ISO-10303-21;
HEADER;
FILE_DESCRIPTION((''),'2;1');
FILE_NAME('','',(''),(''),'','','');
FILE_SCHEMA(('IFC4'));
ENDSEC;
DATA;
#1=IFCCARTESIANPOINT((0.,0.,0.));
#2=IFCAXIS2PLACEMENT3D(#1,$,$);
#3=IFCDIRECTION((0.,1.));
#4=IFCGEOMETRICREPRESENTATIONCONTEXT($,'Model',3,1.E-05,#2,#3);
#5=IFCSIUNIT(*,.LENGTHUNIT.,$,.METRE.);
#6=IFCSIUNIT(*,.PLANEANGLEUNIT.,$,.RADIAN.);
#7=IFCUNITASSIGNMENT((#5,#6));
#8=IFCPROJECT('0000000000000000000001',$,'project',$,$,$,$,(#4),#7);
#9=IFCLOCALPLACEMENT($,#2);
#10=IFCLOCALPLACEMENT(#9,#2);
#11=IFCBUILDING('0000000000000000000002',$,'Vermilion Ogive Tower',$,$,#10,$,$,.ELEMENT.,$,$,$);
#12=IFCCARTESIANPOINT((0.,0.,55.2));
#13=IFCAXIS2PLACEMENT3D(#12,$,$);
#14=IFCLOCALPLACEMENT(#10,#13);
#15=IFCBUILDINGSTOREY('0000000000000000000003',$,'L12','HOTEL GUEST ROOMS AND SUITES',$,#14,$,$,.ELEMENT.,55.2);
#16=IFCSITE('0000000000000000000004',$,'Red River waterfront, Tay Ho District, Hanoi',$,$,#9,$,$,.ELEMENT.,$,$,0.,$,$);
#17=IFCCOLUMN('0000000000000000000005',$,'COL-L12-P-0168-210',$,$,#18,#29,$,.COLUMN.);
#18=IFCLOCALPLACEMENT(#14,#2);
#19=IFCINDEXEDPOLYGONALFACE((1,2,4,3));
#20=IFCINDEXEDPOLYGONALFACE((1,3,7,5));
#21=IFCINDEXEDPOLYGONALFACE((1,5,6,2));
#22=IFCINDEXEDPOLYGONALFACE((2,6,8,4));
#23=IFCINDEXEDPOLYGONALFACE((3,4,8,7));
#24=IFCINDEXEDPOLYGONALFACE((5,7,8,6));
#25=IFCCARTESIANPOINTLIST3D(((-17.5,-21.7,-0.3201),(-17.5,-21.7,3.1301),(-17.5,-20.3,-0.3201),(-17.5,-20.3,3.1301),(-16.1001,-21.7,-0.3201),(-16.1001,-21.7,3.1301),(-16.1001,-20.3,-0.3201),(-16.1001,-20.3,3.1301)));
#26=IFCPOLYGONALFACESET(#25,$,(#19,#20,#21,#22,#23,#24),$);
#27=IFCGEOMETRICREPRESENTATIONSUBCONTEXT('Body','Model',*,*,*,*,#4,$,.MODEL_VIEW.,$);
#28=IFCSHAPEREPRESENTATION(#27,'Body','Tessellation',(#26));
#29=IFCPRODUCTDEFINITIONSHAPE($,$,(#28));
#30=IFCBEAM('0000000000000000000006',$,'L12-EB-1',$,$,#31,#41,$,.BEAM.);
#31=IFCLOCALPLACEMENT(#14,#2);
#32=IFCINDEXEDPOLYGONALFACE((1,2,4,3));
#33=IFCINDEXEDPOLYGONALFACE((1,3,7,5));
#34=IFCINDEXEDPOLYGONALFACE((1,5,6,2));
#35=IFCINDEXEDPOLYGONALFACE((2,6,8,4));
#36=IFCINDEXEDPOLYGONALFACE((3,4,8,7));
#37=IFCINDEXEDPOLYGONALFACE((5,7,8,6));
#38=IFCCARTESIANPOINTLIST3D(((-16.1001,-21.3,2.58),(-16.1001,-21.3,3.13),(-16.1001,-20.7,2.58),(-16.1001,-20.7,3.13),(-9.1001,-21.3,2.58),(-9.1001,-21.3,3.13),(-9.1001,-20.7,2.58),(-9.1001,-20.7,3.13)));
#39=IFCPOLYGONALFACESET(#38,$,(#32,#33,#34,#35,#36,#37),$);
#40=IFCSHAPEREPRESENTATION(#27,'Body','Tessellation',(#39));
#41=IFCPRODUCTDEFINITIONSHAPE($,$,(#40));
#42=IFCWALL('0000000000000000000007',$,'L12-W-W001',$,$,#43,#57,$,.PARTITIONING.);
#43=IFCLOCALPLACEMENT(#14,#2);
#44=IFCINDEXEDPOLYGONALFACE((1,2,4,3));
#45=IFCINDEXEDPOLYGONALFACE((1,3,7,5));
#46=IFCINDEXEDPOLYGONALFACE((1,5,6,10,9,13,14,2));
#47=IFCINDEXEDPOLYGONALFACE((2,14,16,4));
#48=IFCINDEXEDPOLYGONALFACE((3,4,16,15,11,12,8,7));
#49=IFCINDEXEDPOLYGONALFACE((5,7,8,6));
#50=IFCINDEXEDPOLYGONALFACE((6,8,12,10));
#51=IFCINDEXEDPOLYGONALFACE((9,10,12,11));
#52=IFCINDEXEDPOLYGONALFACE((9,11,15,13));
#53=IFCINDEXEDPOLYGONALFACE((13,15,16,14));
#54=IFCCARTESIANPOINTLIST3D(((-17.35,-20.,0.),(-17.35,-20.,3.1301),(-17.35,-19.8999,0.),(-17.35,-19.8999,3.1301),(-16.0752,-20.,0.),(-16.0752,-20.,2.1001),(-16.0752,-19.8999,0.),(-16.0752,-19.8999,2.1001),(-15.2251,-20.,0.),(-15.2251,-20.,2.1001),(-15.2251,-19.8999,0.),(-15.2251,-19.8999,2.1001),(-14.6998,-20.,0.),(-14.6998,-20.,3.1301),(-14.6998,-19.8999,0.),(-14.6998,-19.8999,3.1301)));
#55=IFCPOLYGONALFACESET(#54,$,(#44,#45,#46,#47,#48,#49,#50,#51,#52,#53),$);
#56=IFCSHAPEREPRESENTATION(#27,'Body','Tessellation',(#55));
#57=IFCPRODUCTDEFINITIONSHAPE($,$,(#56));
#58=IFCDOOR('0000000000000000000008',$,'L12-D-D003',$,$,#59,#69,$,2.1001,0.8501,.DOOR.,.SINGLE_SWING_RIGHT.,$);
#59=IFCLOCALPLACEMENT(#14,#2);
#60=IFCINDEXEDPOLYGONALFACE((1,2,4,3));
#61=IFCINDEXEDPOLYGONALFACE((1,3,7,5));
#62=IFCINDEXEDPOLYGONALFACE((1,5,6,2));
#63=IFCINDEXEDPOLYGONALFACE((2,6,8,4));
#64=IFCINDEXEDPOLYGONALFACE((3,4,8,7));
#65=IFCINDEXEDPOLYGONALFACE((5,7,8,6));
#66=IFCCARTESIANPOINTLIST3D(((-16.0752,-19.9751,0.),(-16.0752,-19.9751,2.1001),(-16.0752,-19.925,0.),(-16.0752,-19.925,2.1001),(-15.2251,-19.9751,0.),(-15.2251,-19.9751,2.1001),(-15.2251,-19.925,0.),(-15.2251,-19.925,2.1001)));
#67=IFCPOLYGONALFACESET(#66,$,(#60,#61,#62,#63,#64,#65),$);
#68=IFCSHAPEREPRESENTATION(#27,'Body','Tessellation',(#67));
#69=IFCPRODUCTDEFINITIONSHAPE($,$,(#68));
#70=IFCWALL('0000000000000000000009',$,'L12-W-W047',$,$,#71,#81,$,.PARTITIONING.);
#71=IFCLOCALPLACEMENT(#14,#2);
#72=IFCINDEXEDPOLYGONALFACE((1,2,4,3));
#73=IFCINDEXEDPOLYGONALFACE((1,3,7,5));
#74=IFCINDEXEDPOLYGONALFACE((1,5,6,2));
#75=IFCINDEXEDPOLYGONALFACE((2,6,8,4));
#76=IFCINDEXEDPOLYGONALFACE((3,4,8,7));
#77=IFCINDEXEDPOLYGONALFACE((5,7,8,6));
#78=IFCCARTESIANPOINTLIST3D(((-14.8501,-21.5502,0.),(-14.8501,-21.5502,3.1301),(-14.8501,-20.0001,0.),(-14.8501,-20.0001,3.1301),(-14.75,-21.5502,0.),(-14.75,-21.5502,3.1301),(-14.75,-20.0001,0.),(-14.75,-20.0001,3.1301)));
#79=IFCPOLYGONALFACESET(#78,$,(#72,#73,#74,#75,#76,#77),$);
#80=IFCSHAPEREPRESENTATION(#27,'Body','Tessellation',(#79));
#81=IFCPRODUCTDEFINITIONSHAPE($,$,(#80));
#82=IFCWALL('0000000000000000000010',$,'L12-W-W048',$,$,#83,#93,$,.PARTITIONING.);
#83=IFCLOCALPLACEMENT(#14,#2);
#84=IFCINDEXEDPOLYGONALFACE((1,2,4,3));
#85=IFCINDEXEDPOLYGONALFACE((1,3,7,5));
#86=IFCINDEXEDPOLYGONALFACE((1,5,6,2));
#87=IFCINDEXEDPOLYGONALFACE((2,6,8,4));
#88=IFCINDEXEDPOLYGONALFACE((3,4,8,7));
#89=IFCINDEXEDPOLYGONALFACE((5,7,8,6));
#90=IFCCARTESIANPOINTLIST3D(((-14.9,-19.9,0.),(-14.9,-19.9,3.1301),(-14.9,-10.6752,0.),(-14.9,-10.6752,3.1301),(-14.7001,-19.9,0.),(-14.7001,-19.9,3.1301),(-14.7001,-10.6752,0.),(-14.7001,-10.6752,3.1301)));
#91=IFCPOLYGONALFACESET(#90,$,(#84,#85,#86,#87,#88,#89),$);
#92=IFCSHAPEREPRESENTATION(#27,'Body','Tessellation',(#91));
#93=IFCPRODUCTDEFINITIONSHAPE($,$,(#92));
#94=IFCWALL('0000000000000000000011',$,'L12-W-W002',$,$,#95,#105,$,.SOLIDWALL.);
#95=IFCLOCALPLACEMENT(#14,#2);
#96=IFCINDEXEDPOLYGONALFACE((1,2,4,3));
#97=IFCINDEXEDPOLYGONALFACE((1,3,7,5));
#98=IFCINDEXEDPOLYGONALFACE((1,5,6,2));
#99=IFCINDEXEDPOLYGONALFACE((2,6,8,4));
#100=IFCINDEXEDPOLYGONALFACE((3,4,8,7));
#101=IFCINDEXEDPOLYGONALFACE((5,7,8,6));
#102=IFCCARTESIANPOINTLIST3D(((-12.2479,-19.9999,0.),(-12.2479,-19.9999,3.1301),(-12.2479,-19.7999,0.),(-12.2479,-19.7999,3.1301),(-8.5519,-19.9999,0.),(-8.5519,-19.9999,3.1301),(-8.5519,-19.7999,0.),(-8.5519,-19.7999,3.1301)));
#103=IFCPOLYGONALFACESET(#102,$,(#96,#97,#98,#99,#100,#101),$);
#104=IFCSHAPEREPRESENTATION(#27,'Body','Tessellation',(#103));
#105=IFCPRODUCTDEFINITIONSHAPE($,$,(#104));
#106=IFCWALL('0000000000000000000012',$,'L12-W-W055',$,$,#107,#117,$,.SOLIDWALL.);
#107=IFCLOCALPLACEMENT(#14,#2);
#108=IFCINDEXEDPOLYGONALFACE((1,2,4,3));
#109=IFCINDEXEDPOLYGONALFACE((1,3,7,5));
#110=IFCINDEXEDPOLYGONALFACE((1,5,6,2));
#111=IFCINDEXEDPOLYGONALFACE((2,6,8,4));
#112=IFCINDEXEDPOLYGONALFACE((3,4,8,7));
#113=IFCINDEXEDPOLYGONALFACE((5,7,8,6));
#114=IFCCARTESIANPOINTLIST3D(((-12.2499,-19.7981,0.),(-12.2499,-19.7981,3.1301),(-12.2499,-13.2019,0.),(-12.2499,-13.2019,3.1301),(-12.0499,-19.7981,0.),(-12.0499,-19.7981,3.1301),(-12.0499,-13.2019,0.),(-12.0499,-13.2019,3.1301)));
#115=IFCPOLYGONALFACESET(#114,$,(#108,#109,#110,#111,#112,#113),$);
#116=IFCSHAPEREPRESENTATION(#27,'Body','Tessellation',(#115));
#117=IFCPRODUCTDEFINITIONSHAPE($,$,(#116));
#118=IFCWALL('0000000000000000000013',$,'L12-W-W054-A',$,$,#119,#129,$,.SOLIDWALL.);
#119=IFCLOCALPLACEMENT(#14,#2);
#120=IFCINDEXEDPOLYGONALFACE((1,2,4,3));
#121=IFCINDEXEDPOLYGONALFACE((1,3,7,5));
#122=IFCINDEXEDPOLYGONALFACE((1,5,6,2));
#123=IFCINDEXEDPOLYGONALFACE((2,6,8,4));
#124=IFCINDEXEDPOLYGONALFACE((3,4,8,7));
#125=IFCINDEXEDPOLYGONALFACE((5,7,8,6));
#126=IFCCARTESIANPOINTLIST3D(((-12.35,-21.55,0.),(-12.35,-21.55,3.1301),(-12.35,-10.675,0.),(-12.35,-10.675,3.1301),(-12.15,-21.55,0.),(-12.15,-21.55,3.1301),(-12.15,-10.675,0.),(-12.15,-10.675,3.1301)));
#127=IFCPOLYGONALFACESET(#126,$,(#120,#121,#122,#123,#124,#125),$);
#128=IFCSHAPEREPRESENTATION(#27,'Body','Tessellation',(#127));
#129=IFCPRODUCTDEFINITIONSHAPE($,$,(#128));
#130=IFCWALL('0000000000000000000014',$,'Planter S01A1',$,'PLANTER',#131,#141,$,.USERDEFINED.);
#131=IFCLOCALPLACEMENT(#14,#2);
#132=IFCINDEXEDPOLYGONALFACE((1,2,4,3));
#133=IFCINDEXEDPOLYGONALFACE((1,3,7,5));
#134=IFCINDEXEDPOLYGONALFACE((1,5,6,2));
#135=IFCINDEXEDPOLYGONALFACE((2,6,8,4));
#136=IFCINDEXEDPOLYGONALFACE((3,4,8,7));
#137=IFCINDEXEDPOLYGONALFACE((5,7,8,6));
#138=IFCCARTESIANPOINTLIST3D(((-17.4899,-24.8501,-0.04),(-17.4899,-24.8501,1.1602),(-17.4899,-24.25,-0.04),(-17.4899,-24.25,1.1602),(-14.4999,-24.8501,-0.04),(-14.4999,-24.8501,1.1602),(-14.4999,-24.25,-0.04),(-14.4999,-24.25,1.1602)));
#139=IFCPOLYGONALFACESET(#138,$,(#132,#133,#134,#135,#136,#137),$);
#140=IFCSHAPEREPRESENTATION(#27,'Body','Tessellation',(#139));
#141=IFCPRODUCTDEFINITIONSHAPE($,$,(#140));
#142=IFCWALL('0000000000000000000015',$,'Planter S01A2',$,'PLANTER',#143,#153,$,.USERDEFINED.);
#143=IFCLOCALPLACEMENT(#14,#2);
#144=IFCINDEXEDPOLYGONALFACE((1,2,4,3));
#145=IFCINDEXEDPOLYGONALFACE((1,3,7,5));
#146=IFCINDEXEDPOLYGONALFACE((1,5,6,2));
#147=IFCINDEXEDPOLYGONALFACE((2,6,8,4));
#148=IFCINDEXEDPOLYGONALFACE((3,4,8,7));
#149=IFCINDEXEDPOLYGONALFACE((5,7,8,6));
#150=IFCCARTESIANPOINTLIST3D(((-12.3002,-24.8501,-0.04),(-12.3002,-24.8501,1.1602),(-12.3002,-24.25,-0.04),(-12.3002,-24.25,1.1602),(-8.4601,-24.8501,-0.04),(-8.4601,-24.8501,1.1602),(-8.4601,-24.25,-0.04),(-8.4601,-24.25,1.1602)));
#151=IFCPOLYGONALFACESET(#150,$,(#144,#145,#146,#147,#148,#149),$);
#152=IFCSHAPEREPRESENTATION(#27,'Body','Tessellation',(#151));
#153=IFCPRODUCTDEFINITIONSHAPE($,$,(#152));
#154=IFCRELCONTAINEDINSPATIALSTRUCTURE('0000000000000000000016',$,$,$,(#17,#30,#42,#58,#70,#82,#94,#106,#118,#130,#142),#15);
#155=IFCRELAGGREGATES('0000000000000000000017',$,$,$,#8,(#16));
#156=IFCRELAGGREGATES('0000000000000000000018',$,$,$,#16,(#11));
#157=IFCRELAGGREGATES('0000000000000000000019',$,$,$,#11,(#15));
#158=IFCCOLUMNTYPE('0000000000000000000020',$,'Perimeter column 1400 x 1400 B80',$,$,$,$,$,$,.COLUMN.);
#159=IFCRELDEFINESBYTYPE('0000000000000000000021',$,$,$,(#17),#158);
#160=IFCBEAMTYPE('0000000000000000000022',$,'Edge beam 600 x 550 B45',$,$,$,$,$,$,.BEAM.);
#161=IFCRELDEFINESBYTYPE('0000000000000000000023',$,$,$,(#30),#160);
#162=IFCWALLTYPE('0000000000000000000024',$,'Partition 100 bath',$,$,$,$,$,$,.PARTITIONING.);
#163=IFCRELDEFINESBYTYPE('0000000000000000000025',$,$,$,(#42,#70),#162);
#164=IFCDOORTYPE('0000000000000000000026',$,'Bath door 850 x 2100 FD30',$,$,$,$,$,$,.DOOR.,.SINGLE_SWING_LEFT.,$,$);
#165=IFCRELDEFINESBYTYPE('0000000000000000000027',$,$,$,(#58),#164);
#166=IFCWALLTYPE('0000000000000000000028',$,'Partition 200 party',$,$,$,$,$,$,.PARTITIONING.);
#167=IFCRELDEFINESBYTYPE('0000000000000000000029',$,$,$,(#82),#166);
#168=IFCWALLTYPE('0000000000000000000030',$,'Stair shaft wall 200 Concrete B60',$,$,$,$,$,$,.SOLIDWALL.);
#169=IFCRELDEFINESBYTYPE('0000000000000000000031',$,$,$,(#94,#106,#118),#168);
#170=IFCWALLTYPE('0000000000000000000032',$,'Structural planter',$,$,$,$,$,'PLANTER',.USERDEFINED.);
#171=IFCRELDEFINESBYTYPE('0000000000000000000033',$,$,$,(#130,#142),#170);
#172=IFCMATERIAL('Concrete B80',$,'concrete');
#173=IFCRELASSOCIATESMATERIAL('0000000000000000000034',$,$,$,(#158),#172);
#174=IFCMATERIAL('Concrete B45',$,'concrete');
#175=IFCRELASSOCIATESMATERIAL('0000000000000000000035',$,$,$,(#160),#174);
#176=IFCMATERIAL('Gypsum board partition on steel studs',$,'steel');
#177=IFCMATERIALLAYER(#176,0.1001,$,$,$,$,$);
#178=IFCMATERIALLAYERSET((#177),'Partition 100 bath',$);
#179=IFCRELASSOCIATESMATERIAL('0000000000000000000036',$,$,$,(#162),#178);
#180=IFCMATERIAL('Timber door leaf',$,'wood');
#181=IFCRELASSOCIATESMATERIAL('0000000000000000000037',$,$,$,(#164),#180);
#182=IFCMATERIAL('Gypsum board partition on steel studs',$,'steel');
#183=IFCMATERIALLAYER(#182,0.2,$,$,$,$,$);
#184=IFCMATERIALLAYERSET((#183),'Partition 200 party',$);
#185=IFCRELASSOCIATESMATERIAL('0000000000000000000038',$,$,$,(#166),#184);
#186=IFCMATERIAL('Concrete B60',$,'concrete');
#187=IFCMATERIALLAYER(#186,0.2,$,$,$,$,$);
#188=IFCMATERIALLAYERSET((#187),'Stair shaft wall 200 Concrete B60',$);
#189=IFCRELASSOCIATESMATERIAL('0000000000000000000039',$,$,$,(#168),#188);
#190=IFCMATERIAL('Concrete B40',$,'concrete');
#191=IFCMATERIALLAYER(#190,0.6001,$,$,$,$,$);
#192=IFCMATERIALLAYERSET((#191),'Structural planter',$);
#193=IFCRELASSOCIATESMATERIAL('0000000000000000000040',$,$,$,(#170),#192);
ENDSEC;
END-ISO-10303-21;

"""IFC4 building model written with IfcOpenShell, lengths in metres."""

from ifc_helpers import new_model, si_unit, direction, frame, frame_2d, origin, origin_2d, place, context, subcontext, project, spatial, rectangle, extrude, material, layer, layer_set, material_profile, profile_set, type_object, element, fill, save


model = new_model("IFC4")

# Units and contexts
model_context = context("Model", 3, precision=1e-05, world=origin(), true_north=direction((0.0, 1.0)))
body_context = subcontext(model_context, "Body", "Model", "MODEL_VIEW")
ifc_project = project(units=[si_unit("LENGTHUNIT", "METRE"), si_unit("PLANEANGLEUNIT", "RADIAN")], contexts=[model_context])

# Site, building, storey
site_placement = place(None, origin())
site = spatial("IfcSite", under=ifc_project, at=site_placement, Name="Red River waterfront, Tay Ho District, Hanoi", CompositionType="ELEMENT", RefElevation=0.0)
building_placement = place(site_placement, origin())
building = spatial("IfcBuilding", under=site, at=building_placement, Name="Vermilion Ogive Tower", CompositionType="ELEMENT")
storey_placement = place(building_placement, frame((0.0, 0.0, 55.2)))
storey = spatial("IfcBuildingStorey", under=building, at=storey_placement, Name="L12", Description="HOTEL GUEST ROOMS AND SUITES", CompositionType="ELEMENT", Elevation=55.2)

# Column
ifc_material_1 = material(Name="Concrete B80", Category="concrete")
ifc_material_profile_1 = material_profile(ifc_material_1, rectangle(XDim=1.3999, YDim=1.3999, at=origin_2d()), Name="1400 x 1400")
ifc_profile_set_1 = profile_set([ifc_material_profile_1], Name="Concrete B80")
column_type = type_object("IfcColumnType", Name="Perimeter column 1400 x 1400 B80", PredefinedType="COLUMN", material=ifc_profile_set_1)
column_placement = place(storey_placement, frame((-16.8, -21.0, -0.3201), z_axis=(0.0, 0.0, 1.0), x_axis=(1.0, 0.0, 0.0)))
element("IfcColumn", 1, at=column_placement, inside=storey, type_object=column_type, Name="COL-L12-P-0168-210", PredefinedType="COLUMN", context=body_context, shape_type="SweptSolid", body=[
    extrude(rectangle(XDim=1.3999, YDim=1.3999, at=origin_2d()), origin(), (0.0, 0.0, 1.0), 3.4502),
])

# Beam
ifc_material_2 = material(Name="Concrete B45", Category="concrete")
ifc_material_profile_2 = material_profile(ifc_material_2, rectangle(XDim=0.6001, YDim=0.55, at=origin_2d()), Name="600 x 550")
ifc_profile_set_2 = profile_set([ifc_material_profile_2], Name="Concrete B45")
beam_type = type_object("IfcBeamType", Name="Edge beam 600 x 550 B45", PredefinedType="BEAM", material=ifc_profile_set_2)
beam_placement = place(storey_placement, frame((-16.1001, -21.0, 2.855), z_axis=(1.0, 0.0, 0.0), x_axis=(0.0, 1.0, 0.0)))
element("IfcBeam", 2, at=beam_placement, inside=storey, type_object=beam_type, Name="L12-EB-1", PredefinedType="BEAM", context=body_context, shape_type="SweptSolid", body=[
    extrude(rectangle(XDim=0.6001, YDim=0.55, at=origin_2d()), origin(), (0.0, 0.0, 1.0), 7.0),
])

# Wall, opening, door
ifc_material_3 = material(Name="Gypsum board partition on steel studs", Category="steel")
ifc_layer_1 = layer(ifc_material_3, 0.1001)
ifc_layer_set_1 = layer_set([ifc_layer_1], Name="Partition 100 bath")
wall_type_1 = type_object("IfcWallType", Name="Partition 100 bath", PredefinedType="PARTITIONING", material=ifc_layer_set_1)
wall_1_placement = place(storey_placement, frame((-17.3501, -19.95, 0.0), z_axis=(0.0, 0.0, 1.0), x_axis=(1.0, 0.0, 0.0)))
wall_1 = element("IfcWall", 3, at=wall_1_placement, inside=storey, type_object=wall_type_1, Name="L12-W-W001", PredefinedType="PARTITIONING", context=body_context, shape_type="SweptSolid", body=[
    extrude(rectangle(XDim=2.6501, YDim=0.1001, at=frame_2d((1.3252, 0.0))), origin(), (0.0, 0.0, 1.0), 3.1301),
])
opening_1_placement = place(wall_1_placement, frame((1.2749, 0.0, 0.0)))
opening_1 = element("IfcOpeningElement", 4, at=opening_1_placement, cuts=wall_1, PredefinedType="OPENING", context=body_context, shape_type="SweptSolid", body=[
    extrude(rectangle(XDim=0.8501, YDim=2.1001, at=frame_2d((0.425, 1.05))), frame((0.0, 0.0601, 0.0), z_axis=(0.0, -1.0, 0.0), x_axis=(1.0, 0.0, 0.0)), (0.0, 0.0, 1.0), 0.1201),
])
ifc_material_4 = material(Name="Timber door leaf", Category="wood")
door_type_1 = type_object("IfcDoorType", Name="Bath door 850 x 2100 FD30", OperationType="SINGLE_SWING_LEFT", PredefinedType="DOOR", material=ifc_material_4)
door_1_placement = place(opening_1_placement, origin())
door_1 = element("IfcDoor", 5, at=door_1_placement, inside=storey, type_object=door_type_1, Name="L12-D-D003", OperationType="SINGLE_SWING_RIGHT", OverallHeight=2.1001, OverallWidth=0.8501, PredefinedType="DOOR", context=body_context, shape_type="SweptSolid", body=[
    extrude(rectangle(XDim=0.8501, YDim=2.1001, at=frame_2d((0.425, 1.05))), frame((0.0, 0.0249, 0.0), z_axis=(0.0, -1.0, 0.0), x_axis=(1.0, 0.0, 0.0)), (0.0, 0.0, 1.0), 0.05),
])
fill(opening_1, door_1)

# Walls
wall_2_placement = place(storey_placement, frame((-14.8, -21.55, 0.0), z_axis=(0.0, 0.0, 1.0), x_axis=(0.0, 1.0, 0.0)))
element("IfcWall", 6, at=wall_2_placement, inside=storey, type_object=wall_type_1, Name="L12-W-W047", PredefinedType="PARTITIONING", context=body_context, shape_type="SweptSolid", body=[
    extrude(rectangle(XDim=1.55, YDim=0.1001, at=frame_2d((0.7749, 0.0))), origin(), (0.0, 0.0, 1.0), 3.1301),
])
ifc_material_5 = material(Name="Gypsum board partition on steel studs", Category="steel")
ifc_layer_2 = layer(ifc_material_5, 0.2)
ifc_layer_set_2 = layer_set([ifc_layer_2], Name="Partition 200 party")
wall_type_2 = type_object("IfcWallType", Name="Partition 200 party", PredefinedType="PARTITIONING", material=ifc_layer_set_2)
wall_3_placement = place(storey_placement, frame((-14.8, -19.8999, 0.0), z_axis=(0.0, 0.0, 1.0), x_axis=(0.0, 1.0, 0.0)))
element("IfcWall", 7, at=wall_3_placement, inside=storey, type_object=wall_type_2, Name="L12-W-W048", PredefinedType="PARTITIONING", context=body_context, shape_type="SweptSolid", body=[
    extrude(rectangle(XDim=9.2249, YDim=0.2, at=frame_2d((4.6123, 0.0))), origin(), (0.0, 0.0, 1.0), 3.1301),
])
ifc_material_6 = material(Name="Concrete B60", Category="concrete")
ifc_layer_3 = layer(ifc_material_6, 0.2)
ifc_layer_set_3 = layer_set([ifc_layer_3], Name="Stair shaft wall 200 Concrete B60")
wall_type_3 = type_object("IfcWallType", Name="Stair shaft wall 200 Concrete B60", PredefinedType="SOLIDWALL", material=ifc_layer_set_3)
wall_4_placement = place(storey_placement, frame((-12.248, -19.8999, 0.0), z_axis=(0.0, 0.0, 1.0), x_axis=(1.0, 0.0, 0.0)))
element("IfcWall", 8, at=wall_4_placement, inside=storey, type_object=wall_type_3, Name="L12-W-W002", PredefinedType="SOLIDWALL", context=body_context, shape_type="SweptSolid", body=[
    extrude(rectangle(XDim=3.696, YDim=0.2, at=frame_2d((1.8481, 0.0))), origin(), (0.0, 0.0, 1.0), 3.1301),
])
wall_5_placement = place(storey_placement, frame((-12.1499, -19.7981, 0.0), z_axis=(0.0, 0.0, 1.0), x_axis=(0.0, 1.0, 0.0)))
element("IfcWall", 9, at=wall_5_placement, inside=storey, type_object=wall_type_3, Name="L12-W-W055", PredefinedType="SOLIDWALL", context=body_context, shape_type="SweptSolid", body=[
    extrude(rectangle(XDim=6.5962, YDim=0.2, at=frame_2d((3.2981, 0.0))), origin(), (0.0, 0.0, 1.0), 3.1301),
])
wall_6_placement = place(storey_placement, frame((-12.25, -21.55, 0.0), z_axis=(0.0, 0.0, 1.0), x_axis=(0.0, 1.0, 0.0)))
element("IfcWall", 10, at=wall_6_placement, inside=storey, type_object=wall_type_3, Name="L12-W-W054-A", PredefinedType="SOLIDWALL", context=body_context, shape_type="SweptSolid", body=[
    extrude(rectangle(XDim=10.875, YDim=0.2, at=frame_2d((5.4375, 0.0))), origin(), (0.0, 0.0, 1.0), 3.1301),
])
ifc_material_7 = material(Name="Concrete B40", Category="concrete")
ifc_layer_4 = layer(ifc_material_7, 0.6001)
ifc_layer_set_4 = layer_set([ifc_layer_4], Name="Structural planter")
wall_type_4 = type_object("IfcWallType", Name="Structural planter", ElementType="PLANTER", PredefinedType="USERDEFINED", material=ifc_layer_set_4)
wall_7_placement = place(storey_placement, frame((-17.49, -24.55, -0.04), z_axis=(0.0, 0.0, 1.0), x_axis=(1.0, 0.0, 0.0)))
element("IfcWall", 11, at=wall_7_placement, inside=storey, type_object=wall_type_4, Name="Planter S01A1", ObjectType="PLANTER", PredefinedType="USERDEFINED", context=body_context, shape_type="SweptSolid", body=[
    extrude(rectangle(XDim=2.99, YDim=0.6001, at=frame_2d((1.4951, 0.0))), origin(), (0.0, 0.0, 1.0), 1.2002),
])
wall_8_placement = place(storey_placement, frame((-12.3, -24.55, -0.04), z_axis=(0.0, 0.0, 1.0), x_axis=(1.0, 0.0, 0.0)))
element("IfcWall", 12, at=wall_8_placement, inside=storey, type_object=wall_type_4, Name="Planter S01A2", ObjectType="PLANTER", PredefinedType="USERDEFINED", context=body_context, shape_type="SweptSolid", body=[
    extrude(rectangle(XDim=3.8401, YDim=0.6001, at=frame_2d((1.9199, 0.0))), origin(), (0.0, 0.0, 1.0), 1.2002),
])

save(model, "model.ifc")
